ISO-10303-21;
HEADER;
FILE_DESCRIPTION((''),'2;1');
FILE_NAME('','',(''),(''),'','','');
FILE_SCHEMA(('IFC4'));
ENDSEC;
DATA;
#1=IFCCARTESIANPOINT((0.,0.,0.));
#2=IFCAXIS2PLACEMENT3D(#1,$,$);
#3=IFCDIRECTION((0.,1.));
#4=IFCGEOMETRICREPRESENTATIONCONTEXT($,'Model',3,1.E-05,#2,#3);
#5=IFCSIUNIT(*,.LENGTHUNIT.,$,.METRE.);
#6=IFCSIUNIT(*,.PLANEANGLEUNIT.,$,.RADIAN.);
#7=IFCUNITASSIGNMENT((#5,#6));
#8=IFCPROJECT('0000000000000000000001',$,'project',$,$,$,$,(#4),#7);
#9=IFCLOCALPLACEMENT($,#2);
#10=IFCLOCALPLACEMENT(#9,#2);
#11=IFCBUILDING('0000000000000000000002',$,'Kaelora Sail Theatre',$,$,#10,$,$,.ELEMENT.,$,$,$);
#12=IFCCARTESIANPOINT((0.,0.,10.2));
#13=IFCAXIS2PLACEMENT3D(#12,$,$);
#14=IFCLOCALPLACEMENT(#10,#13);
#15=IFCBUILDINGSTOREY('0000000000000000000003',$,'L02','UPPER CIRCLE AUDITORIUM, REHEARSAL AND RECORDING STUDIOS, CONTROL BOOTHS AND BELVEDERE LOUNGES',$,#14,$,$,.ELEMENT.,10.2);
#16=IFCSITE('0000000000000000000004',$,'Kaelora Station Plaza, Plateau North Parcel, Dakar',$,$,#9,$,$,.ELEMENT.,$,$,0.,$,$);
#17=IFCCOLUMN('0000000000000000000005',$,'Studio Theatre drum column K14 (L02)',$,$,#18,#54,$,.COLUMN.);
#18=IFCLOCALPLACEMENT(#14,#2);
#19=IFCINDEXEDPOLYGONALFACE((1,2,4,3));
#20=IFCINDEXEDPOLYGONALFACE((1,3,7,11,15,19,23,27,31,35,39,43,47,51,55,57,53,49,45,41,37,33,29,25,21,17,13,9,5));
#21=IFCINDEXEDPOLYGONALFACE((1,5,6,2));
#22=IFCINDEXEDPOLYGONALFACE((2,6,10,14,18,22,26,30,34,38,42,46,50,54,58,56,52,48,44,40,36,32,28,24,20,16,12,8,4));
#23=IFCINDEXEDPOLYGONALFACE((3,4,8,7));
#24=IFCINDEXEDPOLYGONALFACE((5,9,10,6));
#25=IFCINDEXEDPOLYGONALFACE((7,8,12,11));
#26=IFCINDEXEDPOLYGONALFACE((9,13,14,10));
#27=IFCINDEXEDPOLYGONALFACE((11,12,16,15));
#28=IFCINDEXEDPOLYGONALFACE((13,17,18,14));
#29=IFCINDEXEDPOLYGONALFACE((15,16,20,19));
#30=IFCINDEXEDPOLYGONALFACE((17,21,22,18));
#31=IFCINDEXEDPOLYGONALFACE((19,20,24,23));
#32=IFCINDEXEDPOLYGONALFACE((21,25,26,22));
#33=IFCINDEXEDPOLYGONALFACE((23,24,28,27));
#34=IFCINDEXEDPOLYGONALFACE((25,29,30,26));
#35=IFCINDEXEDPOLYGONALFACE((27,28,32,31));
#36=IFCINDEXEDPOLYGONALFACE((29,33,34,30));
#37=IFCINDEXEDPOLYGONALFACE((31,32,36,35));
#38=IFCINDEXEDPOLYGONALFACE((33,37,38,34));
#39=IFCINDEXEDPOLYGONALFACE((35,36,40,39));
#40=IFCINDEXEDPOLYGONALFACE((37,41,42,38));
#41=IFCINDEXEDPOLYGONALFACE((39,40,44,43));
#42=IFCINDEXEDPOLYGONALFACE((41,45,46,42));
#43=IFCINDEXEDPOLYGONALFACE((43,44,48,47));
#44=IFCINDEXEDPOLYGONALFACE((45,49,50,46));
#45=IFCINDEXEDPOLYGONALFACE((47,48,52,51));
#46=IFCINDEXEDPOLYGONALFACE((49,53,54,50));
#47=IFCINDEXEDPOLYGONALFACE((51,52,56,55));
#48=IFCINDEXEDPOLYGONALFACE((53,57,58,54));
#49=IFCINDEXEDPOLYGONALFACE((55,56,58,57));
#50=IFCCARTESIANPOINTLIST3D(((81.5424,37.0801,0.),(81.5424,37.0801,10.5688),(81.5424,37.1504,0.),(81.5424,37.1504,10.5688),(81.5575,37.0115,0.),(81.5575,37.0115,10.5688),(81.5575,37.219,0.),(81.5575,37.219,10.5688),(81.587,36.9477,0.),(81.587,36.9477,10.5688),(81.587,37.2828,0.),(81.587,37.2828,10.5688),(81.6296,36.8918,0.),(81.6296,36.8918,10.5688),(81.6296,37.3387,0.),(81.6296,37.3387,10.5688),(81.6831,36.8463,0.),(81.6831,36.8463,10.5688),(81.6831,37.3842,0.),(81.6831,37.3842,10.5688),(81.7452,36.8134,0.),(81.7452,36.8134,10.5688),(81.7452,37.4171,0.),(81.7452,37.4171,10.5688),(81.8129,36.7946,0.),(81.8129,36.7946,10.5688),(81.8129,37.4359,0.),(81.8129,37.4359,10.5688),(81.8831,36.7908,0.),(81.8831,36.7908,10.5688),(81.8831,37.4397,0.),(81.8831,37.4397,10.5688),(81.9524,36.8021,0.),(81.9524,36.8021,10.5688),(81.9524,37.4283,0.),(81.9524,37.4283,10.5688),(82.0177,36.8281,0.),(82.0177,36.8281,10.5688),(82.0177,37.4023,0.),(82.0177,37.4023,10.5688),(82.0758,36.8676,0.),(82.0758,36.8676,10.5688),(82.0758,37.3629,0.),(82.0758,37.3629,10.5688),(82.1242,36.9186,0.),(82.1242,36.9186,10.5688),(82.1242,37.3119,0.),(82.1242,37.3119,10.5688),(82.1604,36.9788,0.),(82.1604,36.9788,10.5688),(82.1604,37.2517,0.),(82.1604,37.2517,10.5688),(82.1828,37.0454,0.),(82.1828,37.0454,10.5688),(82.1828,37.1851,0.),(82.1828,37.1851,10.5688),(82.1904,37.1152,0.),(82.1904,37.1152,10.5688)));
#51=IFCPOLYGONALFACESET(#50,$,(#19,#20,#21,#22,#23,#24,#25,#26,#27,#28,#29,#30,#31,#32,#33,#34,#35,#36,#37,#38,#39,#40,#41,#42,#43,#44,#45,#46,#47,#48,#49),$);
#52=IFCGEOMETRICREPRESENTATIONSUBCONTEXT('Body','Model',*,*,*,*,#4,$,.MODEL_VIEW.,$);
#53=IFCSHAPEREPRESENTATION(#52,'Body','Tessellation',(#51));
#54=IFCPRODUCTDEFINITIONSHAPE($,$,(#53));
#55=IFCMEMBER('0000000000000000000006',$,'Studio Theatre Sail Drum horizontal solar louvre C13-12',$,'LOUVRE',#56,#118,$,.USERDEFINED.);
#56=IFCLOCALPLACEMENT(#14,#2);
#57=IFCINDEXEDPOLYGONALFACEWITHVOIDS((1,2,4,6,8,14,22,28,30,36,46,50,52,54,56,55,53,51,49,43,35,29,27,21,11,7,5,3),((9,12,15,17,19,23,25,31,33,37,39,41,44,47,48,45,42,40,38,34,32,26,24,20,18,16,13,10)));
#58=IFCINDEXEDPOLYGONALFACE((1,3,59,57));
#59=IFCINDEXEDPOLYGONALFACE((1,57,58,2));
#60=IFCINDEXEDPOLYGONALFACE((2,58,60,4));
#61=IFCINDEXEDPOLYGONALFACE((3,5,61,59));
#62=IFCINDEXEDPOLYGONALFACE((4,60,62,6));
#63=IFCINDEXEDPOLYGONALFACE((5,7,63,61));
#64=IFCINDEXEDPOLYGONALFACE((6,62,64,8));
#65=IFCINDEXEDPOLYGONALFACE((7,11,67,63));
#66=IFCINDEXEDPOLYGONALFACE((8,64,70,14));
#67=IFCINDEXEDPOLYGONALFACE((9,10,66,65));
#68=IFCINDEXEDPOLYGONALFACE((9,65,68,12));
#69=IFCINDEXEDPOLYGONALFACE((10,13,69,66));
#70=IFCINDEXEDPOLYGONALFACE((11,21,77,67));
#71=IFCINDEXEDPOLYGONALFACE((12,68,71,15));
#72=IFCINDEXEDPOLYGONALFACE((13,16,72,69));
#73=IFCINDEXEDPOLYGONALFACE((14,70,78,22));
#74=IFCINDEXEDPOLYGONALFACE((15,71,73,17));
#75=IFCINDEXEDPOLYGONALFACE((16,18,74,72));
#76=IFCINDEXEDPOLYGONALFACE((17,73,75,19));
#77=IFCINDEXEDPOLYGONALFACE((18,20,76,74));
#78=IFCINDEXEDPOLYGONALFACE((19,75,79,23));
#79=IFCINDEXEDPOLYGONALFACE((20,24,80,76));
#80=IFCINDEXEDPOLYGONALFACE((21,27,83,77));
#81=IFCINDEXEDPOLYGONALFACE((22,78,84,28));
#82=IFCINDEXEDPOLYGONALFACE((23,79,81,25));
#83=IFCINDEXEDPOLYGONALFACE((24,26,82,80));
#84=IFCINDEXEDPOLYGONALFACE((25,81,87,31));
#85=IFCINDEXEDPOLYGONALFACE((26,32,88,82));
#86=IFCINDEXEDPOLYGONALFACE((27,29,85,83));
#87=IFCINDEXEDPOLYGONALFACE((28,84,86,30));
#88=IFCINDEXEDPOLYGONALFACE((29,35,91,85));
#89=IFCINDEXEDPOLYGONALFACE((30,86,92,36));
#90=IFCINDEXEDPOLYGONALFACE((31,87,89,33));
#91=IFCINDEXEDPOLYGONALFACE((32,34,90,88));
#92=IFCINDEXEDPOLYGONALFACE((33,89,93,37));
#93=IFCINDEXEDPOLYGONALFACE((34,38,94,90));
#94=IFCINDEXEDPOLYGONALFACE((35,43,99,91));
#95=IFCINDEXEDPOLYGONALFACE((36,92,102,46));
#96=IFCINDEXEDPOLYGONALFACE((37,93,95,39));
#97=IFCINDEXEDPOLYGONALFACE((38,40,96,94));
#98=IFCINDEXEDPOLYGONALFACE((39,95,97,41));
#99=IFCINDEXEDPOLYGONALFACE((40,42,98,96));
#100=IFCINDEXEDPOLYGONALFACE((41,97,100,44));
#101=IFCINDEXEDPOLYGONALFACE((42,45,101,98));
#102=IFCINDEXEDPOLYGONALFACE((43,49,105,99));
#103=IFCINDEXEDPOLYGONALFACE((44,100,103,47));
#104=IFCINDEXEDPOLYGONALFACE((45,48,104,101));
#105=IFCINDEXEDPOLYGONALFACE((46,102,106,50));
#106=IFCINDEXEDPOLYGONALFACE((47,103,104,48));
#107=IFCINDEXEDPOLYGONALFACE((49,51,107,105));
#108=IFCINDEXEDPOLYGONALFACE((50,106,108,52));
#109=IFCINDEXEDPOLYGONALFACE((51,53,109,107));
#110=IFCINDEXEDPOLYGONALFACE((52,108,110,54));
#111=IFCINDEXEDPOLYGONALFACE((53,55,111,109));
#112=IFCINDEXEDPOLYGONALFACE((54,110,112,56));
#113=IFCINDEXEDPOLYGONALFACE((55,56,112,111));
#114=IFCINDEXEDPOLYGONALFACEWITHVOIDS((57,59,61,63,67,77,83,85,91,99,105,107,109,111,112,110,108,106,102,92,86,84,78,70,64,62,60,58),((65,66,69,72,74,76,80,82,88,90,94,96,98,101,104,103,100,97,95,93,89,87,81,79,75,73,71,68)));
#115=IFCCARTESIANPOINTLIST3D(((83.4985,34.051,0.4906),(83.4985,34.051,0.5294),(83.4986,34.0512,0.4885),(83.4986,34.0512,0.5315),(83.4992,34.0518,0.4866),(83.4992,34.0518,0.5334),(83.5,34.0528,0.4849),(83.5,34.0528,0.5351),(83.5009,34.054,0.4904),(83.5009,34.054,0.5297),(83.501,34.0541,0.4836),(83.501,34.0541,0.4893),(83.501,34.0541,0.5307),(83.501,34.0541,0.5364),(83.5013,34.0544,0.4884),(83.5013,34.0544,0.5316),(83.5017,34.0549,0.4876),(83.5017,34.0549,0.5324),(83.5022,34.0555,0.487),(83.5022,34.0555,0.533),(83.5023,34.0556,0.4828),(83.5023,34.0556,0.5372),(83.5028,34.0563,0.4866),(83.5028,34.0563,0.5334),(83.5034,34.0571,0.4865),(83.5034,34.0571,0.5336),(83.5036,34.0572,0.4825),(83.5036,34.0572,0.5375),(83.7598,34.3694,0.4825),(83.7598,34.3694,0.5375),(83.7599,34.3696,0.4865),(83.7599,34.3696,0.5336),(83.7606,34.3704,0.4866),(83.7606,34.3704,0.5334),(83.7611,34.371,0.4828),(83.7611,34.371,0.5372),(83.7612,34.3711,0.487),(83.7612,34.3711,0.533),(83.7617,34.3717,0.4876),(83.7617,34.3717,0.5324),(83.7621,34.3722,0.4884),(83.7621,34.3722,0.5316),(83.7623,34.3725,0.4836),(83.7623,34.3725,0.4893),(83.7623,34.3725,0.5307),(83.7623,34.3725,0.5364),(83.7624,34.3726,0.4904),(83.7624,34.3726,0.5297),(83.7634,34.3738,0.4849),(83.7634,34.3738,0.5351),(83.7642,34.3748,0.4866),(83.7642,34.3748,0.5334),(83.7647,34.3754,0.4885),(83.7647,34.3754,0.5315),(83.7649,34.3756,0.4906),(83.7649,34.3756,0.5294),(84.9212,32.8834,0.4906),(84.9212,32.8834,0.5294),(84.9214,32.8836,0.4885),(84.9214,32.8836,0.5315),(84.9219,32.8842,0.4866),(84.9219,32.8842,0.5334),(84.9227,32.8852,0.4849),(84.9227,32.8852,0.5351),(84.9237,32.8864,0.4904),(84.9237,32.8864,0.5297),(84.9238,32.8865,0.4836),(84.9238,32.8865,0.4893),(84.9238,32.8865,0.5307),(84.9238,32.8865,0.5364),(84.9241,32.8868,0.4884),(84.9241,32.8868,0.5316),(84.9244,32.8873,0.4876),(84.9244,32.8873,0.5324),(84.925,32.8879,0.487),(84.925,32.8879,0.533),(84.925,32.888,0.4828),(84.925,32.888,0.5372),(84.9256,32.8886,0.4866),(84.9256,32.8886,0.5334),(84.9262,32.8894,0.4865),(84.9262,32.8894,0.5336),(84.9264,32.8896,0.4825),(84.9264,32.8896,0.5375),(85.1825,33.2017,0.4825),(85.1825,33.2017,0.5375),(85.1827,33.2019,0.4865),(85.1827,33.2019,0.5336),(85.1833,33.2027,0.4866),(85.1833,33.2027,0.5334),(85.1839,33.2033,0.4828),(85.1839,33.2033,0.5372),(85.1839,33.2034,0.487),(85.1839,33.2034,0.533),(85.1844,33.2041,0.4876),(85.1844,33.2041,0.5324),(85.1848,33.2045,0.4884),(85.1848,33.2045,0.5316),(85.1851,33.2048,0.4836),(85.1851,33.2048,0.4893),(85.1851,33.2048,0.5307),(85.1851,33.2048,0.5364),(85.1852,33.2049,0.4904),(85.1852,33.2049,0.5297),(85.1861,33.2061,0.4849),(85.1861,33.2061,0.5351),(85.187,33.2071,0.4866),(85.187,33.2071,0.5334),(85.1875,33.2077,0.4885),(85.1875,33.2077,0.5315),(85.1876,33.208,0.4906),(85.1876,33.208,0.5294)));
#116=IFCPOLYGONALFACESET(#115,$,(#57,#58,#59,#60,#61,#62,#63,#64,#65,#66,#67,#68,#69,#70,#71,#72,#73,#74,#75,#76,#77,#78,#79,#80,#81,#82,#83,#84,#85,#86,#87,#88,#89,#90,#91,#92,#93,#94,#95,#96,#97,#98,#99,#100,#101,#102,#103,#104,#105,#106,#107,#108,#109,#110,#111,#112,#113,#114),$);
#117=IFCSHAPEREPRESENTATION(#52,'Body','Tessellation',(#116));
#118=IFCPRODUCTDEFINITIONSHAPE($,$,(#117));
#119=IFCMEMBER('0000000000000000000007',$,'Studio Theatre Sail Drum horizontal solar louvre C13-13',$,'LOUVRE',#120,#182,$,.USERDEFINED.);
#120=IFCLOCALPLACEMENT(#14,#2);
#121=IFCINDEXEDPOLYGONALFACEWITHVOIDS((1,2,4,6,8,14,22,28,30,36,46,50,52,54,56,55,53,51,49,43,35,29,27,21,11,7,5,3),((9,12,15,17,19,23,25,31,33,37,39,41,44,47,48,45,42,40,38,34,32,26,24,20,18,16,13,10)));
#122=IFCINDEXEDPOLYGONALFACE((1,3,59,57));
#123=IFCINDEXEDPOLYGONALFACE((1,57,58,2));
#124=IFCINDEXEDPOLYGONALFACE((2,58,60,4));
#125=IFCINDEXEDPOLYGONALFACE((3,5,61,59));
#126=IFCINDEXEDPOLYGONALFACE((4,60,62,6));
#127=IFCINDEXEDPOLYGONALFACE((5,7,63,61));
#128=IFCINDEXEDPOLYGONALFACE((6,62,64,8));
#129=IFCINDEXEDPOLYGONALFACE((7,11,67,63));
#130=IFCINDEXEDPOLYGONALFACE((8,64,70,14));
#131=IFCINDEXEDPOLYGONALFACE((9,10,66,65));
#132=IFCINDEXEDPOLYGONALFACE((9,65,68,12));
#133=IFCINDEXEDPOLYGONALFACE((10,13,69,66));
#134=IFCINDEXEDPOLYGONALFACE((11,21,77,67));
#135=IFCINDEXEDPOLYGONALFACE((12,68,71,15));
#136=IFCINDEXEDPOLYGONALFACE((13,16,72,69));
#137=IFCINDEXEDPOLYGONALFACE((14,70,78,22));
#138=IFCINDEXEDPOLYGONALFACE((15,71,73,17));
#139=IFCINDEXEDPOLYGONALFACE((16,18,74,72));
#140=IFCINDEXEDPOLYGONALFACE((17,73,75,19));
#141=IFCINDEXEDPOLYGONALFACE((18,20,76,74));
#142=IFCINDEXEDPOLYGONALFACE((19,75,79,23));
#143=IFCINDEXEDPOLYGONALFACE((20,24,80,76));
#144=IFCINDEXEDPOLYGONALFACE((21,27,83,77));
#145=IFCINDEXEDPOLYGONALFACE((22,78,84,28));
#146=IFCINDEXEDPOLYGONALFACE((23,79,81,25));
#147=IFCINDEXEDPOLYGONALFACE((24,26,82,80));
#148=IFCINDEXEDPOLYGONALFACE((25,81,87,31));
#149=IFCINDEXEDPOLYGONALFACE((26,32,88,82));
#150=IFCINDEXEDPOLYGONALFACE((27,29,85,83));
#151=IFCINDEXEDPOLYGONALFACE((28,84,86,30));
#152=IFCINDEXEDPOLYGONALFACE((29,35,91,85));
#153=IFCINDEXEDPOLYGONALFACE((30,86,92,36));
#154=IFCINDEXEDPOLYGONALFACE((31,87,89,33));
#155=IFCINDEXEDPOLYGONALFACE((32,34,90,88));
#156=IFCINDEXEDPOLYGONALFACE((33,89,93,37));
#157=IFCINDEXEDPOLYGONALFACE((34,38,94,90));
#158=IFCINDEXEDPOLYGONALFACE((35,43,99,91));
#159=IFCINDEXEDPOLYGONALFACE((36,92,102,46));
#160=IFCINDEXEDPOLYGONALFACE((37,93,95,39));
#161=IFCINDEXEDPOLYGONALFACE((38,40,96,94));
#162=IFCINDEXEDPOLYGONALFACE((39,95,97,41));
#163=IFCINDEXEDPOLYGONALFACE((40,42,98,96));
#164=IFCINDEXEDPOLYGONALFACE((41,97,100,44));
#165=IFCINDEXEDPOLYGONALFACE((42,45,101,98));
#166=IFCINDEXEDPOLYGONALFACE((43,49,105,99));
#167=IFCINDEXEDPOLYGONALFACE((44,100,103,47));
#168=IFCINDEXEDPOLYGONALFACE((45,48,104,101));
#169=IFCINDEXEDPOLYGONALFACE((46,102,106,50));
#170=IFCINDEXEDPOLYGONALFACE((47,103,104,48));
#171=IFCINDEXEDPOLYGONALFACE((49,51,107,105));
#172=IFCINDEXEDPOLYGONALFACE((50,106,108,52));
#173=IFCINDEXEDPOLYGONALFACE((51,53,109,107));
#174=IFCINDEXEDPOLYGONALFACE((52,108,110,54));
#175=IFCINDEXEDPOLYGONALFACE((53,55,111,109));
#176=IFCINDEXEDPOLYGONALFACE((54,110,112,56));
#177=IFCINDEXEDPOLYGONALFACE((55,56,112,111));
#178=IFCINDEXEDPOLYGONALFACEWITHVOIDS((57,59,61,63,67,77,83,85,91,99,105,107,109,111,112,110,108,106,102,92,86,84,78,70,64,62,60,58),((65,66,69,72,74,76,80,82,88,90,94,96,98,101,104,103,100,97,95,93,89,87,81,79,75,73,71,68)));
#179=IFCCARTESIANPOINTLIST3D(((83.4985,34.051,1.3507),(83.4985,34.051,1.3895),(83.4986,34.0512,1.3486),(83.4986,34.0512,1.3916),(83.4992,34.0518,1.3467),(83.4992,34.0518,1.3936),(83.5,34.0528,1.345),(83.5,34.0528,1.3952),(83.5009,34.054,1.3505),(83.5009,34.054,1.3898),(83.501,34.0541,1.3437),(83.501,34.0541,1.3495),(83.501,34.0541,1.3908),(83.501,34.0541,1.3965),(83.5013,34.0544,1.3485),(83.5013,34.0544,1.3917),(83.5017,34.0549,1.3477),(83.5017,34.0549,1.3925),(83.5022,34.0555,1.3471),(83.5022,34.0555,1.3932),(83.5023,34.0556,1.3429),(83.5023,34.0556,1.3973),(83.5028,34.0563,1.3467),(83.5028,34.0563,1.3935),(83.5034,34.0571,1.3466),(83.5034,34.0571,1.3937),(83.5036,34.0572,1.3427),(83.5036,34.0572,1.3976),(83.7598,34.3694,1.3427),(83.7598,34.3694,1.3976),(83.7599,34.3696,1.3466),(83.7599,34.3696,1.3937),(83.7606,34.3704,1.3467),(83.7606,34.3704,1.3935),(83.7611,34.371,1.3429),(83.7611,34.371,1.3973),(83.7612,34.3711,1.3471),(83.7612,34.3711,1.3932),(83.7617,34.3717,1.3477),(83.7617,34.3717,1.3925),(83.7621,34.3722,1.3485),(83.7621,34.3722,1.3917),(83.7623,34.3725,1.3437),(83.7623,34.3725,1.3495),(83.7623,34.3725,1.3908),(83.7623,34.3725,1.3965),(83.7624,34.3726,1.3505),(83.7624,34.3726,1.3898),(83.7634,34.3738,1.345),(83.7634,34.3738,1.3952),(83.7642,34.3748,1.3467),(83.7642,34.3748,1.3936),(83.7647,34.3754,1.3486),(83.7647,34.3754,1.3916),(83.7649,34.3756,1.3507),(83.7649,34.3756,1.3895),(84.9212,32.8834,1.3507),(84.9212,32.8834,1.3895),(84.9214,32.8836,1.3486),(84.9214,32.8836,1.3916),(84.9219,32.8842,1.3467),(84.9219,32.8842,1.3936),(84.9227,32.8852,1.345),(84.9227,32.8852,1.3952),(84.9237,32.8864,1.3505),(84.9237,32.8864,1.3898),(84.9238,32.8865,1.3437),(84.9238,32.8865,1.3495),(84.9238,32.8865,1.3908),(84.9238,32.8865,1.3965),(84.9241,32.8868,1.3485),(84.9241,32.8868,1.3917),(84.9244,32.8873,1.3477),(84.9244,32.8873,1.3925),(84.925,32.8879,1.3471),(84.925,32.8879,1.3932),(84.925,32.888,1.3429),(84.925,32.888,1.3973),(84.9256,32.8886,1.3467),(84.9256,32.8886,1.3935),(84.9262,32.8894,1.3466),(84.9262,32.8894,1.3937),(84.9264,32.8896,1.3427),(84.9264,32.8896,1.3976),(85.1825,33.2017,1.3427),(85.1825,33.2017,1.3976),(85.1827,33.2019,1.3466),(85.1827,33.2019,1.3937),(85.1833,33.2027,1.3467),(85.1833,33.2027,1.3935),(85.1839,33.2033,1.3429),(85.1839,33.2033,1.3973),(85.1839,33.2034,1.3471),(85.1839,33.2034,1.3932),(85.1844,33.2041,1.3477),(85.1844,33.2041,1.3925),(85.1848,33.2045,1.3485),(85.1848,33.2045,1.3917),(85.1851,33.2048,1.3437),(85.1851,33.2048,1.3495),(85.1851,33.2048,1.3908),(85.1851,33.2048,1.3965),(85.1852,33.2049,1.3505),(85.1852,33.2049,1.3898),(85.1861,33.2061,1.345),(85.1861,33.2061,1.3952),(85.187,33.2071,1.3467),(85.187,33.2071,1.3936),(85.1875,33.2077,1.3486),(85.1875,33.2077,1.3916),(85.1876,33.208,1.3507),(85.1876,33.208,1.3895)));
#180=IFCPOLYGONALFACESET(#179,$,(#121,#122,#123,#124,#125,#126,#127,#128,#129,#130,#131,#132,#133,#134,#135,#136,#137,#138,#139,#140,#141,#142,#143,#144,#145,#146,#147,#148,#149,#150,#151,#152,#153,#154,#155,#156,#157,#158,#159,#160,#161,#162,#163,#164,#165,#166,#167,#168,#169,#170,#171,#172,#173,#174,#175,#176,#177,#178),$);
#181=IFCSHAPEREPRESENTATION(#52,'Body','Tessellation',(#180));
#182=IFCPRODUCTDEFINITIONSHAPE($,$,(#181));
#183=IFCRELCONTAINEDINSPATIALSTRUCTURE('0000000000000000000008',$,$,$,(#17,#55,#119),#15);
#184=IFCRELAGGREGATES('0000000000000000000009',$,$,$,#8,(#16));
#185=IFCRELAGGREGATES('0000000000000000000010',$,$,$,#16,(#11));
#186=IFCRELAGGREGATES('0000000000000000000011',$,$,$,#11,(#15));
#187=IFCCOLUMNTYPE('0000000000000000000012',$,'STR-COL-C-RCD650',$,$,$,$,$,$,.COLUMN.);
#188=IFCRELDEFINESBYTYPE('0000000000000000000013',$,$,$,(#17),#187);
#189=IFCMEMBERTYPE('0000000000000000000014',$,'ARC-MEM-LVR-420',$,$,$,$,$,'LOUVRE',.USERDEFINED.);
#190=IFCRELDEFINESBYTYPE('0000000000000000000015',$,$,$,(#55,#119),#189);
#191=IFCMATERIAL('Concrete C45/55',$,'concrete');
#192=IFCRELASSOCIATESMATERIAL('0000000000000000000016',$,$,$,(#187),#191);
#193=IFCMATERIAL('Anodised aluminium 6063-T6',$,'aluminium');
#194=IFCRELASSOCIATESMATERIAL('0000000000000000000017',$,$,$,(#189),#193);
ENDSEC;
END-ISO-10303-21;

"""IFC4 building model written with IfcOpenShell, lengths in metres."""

from ifc_helpers import new_model, si_unit, direction, frame, origin, origin_2d, place, context, subcontext, project, spatial, hollow_rectangle, circle, extrude, material, material_profile, profile_set, type_object, element, save


model = new_model("IFC4")

# Units and contexts
model_context = context("Model", 3, precision=1e-05, world=origin(), true_north=direction((0.0, 1.0)))
body_context = subcontext(model_context, "Body", "Model", "MODEL_VIEW")
ifc_project = project(units=[si_unit("LENGTHUNIT", "METRE"), si_unit("PLANEANGLEUNIT", "RADIAN")], contexts=[model_context])

# Site, building, storey
site_placement = place(None, origin())
site = spatial("IfcSite", under=ifc_project, at=site_placement, Name="Kaelora Station Plaza, Plateau North Parcel, Dakar", CompositionType="ELEMENT", RefElevation=0.0)
building_placement = place(site_placement, origin())
building = spatial("IfcBuilding", under=site, at=building_placement, Name="Kaelora Sail Theatre", CompositionType="ELEMENT")
storey_placement = place(building_placement, frame((0.0, 0.0, 10.2)))
storey = spatial("IfcBuildingStorey", under=building, at=storey_placement, Name="L02", Description="UPPER CIRCLE AUDITORIUM, REHEARSAL AND RECORDING STUDIOS, CONTROL BOOTHS AND BELVEDERE LOUNGES", CompositionType="ELEMENT", Elevation=10.2)

# Column
ifc_material_1 = material(Name="Concrete C45/55", Category="concrete")
ifc_material_profile_1 = material_profile(ifc_material_1, circle(Radius=0.325, at=origin_2d()), Name="RC-CCOL D650")
ifc_profile_set_1 = profile_set([ifc_material_profile_1], Name="Concrete C45/55")
column_type = type_object("IfcColumnType", Name="STR-COL-C-RCD650", PredefinedType="COLUMN", material=ifc_profile_set_1)
column_placement = place(storey_placement, frame((81.8655, 37.1152, 0.0), z_axis=(0.0, 0.0, 1.0), x_axis=(1.0, 0.0, 0.0)))
element("IfcColumn", 1, at=column_placement, inside=storey, type_object=column_type, Name="Studio Theatre drum column K14 (L02)", PredefinedType="COLUMN", context=body_context, shape_type="SweptSolid", body=[
    extrude(circle(Radius=0.325, at=origin_2d()), origin(), (0.0, 0.0, 1.0), 10.5688),
])

# Members
ifc_material_2 = material(Name="Anodised aluminium 6063-T6", Category="aluminium")
ifc_material_profile_2 = material_profile(ifc_material_2, hollow_rectangle(XDim=0.4199, YDim=0.0549, WallThickness=0.0039, InnerFilletRadius=0.0039, OuterFilletRadius=0.0081, at=origin_2d()), Name="LOUVRE 420x55x4")
ifc_profile_set_2 = profile_set([ifc_material_profile_2], Name="Anodised aluminium 6063-T6")
member_type = type_object("IfcMemberType", Name="ARC-MEM-LVR-420", ElementType="LOUVRE", PredefinedType="USERDEFINED", material=ifc_profile_set_2)
for number, where, z_axis, x_axis, name in (
    (2, (85.0544, 33.0457, 0.51), (-0.773005, 0.6344, 0.0), (-0.6344, -0.773005, 0.0), "Studio Theatre Sail Drum horizontal solar louvre C13-12"),
    (3, (85.0544, 33.0457, 1.3701), (-0.773005, 0.6344, 0.0), (-0.6344, -0.773005, 0.0), "Studio Theatre Sail Drum horizontal solar louvre C13-13"),
):
    element("IfcMember", number, at=place(storey_placement, frame(where, z_axis=z_axis, x_axis=x_axis)), inside=storey, type_object=member_type, Name=name, ObjectType="LOUVRE", PredefinedType="USERDEFINED", context=body_context, shape_type="SweptSolid", body=[
        extrude(hollow_rectangle(XDim=0.4199, YDim=0.0549, WallThickness=0.0039, InnerFilletRadius=0.0039, OuterFilletRadius=0.0081, at=origin_2d()), origin(), (0.0, 0.0, 1.0), 1.8406),
    ])

save(model, "model.ifc")
